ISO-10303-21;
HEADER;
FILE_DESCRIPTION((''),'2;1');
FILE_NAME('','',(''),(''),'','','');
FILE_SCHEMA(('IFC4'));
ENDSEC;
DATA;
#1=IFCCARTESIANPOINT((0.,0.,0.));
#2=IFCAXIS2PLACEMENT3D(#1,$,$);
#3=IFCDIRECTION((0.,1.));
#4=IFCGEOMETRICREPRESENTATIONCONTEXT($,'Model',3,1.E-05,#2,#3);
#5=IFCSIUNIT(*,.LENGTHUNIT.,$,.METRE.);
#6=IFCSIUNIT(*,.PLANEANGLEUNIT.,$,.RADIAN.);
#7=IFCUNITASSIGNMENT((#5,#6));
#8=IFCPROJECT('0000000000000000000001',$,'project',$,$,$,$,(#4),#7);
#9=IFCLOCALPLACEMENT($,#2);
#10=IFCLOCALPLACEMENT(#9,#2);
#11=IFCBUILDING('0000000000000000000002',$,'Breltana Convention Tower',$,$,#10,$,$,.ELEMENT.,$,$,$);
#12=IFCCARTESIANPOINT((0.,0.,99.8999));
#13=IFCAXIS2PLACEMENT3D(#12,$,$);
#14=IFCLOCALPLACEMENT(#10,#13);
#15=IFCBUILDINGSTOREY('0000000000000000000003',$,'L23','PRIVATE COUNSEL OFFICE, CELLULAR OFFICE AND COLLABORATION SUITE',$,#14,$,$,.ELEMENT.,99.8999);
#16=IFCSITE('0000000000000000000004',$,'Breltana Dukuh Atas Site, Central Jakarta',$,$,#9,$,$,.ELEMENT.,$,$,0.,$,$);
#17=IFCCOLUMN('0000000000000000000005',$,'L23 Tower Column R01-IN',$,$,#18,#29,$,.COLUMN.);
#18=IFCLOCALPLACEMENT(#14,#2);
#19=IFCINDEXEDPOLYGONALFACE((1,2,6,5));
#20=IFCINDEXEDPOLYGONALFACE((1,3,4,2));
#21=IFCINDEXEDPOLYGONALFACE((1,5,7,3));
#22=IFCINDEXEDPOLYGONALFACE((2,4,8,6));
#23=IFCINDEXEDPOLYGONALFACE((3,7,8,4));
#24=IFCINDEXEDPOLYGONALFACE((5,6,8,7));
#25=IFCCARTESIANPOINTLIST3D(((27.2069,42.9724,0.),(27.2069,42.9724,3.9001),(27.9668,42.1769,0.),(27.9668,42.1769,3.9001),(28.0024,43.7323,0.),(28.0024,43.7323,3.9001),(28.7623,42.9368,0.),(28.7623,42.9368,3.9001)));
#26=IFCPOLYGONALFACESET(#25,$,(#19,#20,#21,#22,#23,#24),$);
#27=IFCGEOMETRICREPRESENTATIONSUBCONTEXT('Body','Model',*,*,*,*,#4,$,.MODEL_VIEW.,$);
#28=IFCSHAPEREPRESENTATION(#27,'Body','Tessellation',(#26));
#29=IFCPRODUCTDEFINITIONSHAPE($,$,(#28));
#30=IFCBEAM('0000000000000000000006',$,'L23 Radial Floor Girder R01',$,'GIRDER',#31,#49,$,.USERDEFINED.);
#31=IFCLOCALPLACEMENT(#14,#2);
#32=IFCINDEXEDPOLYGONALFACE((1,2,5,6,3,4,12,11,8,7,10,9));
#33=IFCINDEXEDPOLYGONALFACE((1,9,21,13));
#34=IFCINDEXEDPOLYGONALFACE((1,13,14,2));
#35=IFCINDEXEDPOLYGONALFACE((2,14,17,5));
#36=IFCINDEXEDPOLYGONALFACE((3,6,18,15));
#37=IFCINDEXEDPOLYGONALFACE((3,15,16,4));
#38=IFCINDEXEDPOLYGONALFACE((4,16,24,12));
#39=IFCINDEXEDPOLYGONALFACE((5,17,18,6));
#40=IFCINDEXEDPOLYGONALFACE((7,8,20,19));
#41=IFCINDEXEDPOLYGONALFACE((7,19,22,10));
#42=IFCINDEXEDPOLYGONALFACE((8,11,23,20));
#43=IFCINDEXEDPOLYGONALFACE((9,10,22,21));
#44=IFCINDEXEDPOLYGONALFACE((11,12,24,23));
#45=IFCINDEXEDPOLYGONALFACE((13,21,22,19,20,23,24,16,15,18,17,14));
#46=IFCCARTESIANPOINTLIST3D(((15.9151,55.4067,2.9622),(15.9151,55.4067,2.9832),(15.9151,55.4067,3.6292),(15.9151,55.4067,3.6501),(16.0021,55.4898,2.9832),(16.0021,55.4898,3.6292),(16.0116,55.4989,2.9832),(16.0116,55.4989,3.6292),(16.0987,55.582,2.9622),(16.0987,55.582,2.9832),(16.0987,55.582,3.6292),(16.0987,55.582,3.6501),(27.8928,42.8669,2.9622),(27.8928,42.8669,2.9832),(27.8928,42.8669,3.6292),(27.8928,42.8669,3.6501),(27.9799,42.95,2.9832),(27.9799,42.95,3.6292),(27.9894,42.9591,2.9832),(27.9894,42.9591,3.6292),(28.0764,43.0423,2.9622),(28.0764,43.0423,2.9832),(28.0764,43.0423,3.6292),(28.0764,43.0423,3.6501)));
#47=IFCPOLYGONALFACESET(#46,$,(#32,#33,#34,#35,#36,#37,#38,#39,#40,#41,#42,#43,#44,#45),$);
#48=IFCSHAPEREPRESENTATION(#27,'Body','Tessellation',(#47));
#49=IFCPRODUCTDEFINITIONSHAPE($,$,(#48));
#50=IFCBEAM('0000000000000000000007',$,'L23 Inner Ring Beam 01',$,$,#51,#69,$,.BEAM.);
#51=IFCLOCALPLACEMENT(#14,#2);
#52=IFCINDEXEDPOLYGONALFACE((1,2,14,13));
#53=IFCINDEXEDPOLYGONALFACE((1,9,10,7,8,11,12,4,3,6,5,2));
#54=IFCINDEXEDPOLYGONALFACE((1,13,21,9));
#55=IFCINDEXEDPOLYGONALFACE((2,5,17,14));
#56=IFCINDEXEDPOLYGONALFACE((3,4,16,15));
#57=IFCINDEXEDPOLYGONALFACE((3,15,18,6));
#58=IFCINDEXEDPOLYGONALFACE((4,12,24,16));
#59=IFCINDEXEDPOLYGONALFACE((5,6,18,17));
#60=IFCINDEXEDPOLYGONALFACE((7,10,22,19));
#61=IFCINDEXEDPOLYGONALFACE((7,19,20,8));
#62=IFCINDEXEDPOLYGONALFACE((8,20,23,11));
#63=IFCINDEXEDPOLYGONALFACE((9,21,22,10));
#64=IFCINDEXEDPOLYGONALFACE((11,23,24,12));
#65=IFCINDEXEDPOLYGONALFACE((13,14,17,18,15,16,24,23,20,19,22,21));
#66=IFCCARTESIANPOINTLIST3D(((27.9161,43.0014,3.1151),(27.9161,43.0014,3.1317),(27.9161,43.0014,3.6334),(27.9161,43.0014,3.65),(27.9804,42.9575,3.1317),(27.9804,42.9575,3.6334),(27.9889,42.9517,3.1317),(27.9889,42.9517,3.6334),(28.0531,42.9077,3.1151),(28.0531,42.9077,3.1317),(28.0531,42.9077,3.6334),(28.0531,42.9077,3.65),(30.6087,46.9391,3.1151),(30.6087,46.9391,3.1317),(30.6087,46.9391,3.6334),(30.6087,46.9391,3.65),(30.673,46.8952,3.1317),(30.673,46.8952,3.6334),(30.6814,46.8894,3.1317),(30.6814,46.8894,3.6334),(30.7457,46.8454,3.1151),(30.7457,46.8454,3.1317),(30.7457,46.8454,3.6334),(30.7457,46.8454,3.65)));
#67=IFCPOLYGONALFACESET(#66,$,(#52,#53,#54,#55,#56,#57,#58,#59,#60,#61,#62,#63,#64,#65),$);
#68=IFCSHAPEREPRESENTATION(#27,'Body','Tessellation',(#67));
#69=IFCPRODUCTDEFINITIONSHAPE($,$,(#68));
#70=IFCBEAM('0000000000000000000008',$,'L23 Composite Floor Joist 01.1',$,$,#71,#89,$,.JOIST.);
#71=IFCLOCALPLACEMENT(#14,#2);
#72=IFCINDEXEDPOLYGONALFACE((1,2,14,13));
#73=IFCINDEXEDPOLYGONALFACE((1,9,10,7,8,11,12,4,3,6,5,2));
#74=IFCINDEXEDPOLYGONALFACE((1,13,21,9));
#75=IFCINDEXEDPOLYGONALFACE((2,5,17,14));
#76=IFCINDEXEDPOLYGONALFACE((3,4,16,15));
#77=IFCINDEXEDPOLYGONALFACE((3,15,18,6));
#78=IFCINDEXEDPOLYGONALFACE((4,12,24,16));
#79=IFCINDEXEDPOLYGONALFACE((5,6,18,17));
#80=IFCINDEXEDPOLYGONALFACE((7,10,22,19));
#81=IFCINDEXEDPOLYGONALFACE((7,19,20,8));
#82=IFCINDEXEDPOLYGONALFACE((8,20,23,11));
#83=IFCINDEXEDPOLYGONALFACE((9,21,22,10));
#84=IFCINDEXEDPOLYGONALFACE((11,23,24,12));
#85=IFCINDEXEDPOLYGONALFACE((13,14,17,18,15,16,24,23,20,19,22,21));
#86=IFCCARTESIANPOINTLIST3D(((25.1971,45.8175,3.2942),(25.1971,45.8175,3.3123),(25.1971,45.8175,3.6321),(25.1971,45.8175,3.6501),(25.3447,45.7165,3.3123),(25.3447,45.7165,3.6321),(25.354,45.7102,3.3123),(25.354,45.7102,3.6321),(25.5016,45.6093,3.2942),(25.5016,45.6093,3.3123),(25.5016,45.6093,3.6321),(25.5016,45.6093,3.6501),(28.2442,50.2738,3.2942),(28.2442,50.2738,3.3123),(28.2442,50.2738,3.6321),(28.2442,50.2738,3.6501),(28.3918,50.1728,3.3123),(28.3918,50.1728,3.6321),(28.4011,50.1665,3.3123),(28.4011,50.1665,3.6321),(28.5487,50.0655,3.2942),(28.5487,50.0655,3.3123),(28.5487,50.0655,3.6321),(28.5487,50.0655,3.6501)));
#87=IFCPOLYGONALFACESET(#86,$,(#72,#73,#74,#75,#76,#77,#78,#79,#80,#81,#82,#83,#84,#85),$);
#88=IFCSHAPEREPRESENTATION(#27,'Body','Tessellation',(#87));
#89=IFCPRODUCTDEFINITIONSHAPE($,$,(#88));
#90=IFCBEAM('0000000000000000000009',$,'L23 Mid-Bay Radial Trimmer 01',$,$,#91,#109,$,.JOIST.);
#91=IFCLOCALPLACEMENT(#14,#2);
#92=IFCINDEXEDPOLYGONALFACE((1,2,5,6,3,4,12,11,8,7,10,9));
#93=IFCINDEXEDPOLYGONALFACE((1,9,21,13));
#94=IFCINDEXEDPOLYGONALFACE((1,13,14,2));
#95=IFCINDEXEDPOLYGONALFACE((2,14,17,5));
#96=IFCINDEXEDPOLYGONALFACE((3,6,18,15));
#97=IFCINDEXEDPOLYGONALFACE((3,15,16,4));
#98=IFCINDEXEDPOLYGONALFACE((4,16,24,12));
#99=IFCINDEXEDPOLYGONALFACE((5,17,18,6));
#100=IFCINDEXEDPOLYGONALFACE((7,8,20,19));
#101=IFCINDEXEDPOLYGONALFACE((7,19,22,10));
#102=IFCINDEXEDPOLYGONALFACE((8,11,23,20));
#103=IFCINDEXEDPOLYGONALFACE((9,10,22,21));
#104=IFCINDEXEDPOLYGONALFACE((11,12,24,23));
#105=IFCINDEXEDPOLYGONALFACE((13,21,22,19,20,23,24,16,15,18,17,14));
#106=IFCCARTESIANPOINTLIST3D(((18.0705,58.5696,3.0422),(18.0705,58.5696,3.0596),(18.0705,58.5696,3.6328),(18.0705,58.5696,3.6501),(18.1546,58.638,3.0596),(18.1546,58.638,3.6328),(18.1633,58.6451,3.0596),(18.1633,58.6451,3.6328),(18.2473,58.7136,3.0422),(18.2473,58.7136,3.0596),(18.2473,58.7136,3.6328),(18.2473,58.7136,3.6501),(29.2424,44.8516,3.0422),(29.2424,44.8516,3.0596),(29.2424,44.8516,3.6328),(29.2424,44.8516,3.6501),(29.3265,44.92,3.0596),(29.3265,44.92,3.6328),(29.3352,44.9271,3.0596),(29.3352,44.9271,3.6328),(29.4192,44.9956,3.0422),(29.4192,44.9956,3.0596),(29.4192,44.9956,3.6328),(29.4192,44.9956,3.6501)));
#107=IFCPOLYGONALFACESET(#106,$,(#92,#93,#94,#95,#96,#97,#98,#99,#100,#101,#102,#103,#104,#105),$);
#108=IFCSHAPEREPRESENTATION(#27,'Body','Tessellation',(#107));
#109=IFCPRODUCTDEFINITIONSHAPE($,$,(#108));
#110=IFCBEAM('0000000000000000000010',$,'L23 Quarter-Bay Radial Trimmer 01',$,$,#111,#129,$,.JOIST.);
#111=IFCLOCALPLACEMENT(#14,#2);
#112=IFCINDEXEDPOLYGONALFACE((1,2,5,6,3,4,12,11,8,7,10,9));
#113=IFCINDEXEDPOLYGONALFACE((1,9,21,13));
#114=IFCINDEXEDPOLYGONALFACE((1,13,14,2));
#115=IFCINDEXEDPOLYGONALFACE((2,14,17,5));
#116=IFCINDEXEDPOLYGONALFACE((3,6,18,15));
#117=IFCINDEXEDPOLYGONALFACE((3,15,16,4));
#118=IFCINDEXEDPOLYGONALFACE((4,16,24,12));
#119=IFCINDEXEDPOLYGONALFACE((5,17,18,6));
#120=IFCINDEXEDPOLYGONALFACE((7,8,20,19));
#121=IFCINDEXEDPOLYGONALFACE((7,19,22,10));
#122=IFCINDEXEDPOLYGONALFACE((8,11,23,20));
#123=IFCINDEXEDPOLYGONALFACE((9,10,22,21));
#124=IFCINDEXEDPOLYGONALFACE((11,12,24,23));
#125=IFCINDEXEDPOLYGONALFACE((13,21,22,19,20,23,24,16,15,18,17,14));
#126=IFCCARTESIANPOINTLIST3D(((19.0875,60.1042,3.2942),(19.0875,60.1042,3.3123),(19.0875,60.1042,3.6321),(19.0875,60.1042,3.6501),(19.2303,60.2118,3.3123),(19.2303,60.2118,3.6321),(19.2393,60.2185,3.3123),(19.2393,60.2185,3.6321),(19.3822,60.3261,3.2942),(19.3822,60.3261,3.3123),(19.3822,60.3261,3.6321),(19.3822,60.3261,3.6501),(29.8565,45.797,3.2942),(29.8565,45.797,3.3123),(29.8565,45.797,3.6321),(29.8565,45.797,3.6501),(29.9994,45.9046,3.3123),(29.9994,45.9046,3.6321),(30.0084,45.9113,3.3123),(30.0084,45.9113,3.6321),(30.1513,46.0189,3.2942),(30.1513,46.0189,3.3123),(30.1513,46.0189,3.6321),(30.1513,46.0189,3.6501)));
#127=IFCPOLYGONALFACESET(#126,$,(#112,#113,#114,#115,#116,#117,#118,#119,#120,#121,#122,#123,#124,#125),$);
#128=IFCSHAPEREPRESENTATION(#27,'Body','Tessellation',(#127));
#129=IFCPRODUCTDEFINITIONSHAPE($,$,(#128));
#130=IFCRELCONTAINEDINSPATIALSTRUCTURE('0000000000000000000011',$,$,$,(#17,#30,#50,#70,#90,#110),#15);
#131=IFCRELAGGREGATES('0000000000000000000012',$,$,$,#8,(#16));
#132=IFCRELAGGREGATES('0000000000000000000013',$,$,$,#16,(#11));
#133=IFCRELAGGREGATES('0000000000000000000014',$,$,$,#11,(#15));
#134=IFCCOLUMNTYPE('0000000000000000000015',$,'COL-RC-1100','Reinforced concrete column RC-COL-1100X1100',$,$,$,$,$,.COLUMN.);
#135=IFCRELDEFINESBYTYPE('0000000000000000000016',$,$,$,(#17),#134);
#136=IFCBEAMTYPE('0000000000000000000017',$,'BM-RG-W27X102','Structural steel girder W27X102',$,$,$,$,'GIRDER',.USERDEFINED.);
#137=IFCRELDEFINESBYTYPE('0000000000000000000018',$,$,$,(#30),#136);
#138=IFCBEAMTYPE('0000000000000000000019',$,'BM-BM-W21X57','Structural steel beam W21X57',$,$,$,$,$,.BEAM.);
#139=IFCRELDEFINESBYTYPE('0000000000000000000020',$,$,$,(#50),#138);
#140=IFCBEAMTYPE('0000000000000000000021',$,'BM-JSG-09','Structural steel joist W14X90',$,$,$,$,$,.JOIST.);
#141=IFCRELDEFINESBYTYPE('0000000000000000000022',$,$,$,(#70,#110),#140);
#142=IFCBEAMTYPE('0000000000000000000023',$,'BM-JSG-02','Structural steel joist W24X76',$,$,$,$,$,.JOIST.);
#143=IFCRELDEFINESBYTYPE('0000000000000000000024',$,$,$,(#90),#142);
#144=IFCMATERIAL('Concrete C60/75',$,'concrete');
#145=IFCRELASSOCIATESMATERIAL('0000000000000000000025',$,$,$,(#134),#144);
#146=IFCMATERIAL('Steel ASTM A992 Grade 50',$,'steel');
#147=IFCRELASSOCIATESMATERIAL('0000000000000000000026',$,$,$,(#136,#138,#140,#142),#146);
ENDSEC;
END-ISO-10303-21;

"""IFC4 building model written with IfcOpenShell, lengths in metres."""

from ifc_helpers import new_model, si_unit, direction, frame, origin, origin_2d, place, context, subcontext, project, spatial, rectangle, i_section, extrude, source, transform, mapped, material, material_profile, profile_set, type_object, type_shapes, element, save


model = new_model("IFC4")

# Units and contexts
model_context = context("Model", 3, precision=1e-05, world=origin(), true_north=direction((0.0, 1.0)))
body_context = subcontext(model_context, "Body", "Model", "MODEL_VIEW")
ifc_project = project(units=[si_unit("LENGTHUNIT", "METRE"), si_unit("PLANEANGLEUNIT", "RADIAN")], contexts=[model_context])

# Site, building, storey
site_placement = place(None, origin())
site = spatial("IfcSite", under=ifc_project, at=site_placement, Name="Breltana Dukuh Atas Site, Central Jakarta", CompositionType="ELEMENT", RefElevation=0.0)
building_placement = place(site_placement, origin())
building = spatial("IfcBuilding", under=site, at=building_placement, Name="Breltana Convention Tower", CompositionType="ELEMENT")
storey_placement = place(building_placement, frame((0.0, 0.0, 99.8999)))
storey = spatial("IfcBuildingStorey", under=building, at=storey_placement, Name="L23", Description="PRIVATE COUNSEL OFFICE, CELLULAR OFFICE AND COLLABORATION SUITE", CompositionType="ELEMENT", Elevation=99.8999)

# Column
ifc_material_1 = material(Name="Concrete C60/75", Category="concrete")
ifc_material_profile_1 = material_profile(ifc_material_1, rectangle(XDim=1.1001, YDim=1.1001, at=origin_2d()), Name="RC-COL-1100X1100")
ifc_profile_set_1 = profile_set([ifc_material_profile_1], Name="Concrete C60/75")
column_type = type_object("IfcColumnType", Name="COL-RC-1100", Description="Reinforced concrete column RC-COL-1100X1100", PredefinedType="COLUMN", material=ifc_profile_set_1)
shared_shape_1 = source(origin(), body_context, "Body", "SweptSolid", [
    extrude(rectangle(XDim=1.1001, YDim=1.1001, at=origin_2d()), origin(), (0.0, 0.0, 1.0), 3.9001),
])
column_placement = place(storey_placement, frame((27.9846, 42.9546, 0.0), z_axis=(0.0, 0.0, 1.0), x_axis=(-0.690756, 0.723088, 0.0)))
element("IfcColumn", 1, at=column_placement, inside=storey, type_object=column_type, Name="L23 Tower Column R01-IN", PredefinedType="COLUMN", context=body_context, shape_type="MappedRepresentation", body=[
    mapped(shared_shape_1, transform((0.0, 0.0, 0.0), scale=1.0)),
])

# Beams
ifc_material_2 = material(Name="Steel ASTM A992 Grade 50", Category="steel")
ifc_material_profile_2 = material_profile(ifc_material_2, i_section(OverallWidth=0.2539, OverallDepth=0.688, WebThickness=0.0132, FlangeThickness=0.021, at=origin_2d()), Name="W27X102")
ifc_profile_set_2 = profile_set([ifc_material_profile_2], Name="Steel ASTM A992 Grade 50")
beam_type_1 = type_object("IfcBeamType", Name="BM-RG-W27X102", Description="Structural steel girder W27X102", ElementType="GIRDER", PredefinedType="USERDEFINED", material=ifc_profile_set_2)
shared_shape_2 = source(origin(), body_context, "Body", "SweptSolid", [
    extrude(i_section(OverallWidth=0.2539, OverallDepth=0.688, WebThickness=0.0132, FlangeThickness=0.021, at=origin_2d()), origin(), (0.0, 0.0, 1.0), 17.3411),
])
type_shapes(beam_type_1, [shared_shape_2])
beam_1_placement = place(storey_placement, frame((27.9846, 42.9546, 3.3062), z_axis=(-0.690716, 0.723126, 0.0), x_axis=(-0.723126, -0.690716, 0.0)))
element("IfcBeam", 2, at=beam_1_placement, inside=storey, type_object=beam_type_1, Name="L23 Radial Floor Girder R01", ObjectType="GIRDER", PredefinedType="USERDEFINED", context=body_context, shape_type="MappedRepresentation", body=[
    mapped(shared_shape_2, transform((0.0, 0.0, 0.0), scale=1.0)),
])
ifc_material_profile_3 = material_profile(ifc_material_2, i_section(OverallWidth=0.166, OverallDepth=0.5349, WebThickness=0.0103, FlangeThickness=0.0166, at=origin_2d()), Name="W21X57")
ifc_profile_set_3 = profile_set([ifc_material_profile_3], Name="Steel ASTM A992 Grade 50")
beam_type_2 = type_object("IfcBeamType", Name="BM-BM-W21X57", Description="Structural steel beam W21X57", PredefinedType="BEAM", material=ifc_profile_set_3)
shared_shape_3 = source(origin(), body_context, "Body", "SweptSolid", [
    extrude(i_section(OverallWidth=0.166, OverallDepth=0.5349, WebThickness=0.0103, FlangeThickness=0.0166, at=origin_2d()), origin(), (0.0, 0.0, 1.0), 4.7703),
])
beam_2_placement = place(storey_placement, frame((27.9846, 42.9546, 3.3826), z_axis=(0.564453, 0.825465, 0.0), x_axis=(-0.825465, 0.564453, 0.0)))
element("IfcBeam", 3, at=beam_2_placement, inside=storey, type_object=beam_type_2, Name="L23 Inner Ring Beam 01", PredefinedType="BEAM", context=body_context, shape_type="MappedRepresentation", body=[
    mapped(shared_shape_3, transform((0.0, 0.0, 0.0), scale=1.0)),
])
ifc_material_profile_4 = material_profile(ifc_material_2, i_section(OverallWidth=0.3689, OverallDepth=0.356, WebThickness=0.0112, FlangeThickness=0.0181, at=origin_2d()), Name="W14X90")
ifc_profile_set_4 = profile_set([ifc_material_profile_4], Name="Steel ASTM A992 Grade 50")
beam_type_3 = type_object("IfcBeamType", Name="BM-JSG-09", Description="Structural steel joist W14X90", PredefinedType="JOIST", material=ifc_profile_set_4)
shared_shape_4 = source(origin(), body_context, "Body", "SweptSolid", [
    extrude(i_section(OverallWidth=0.3689, OverallDepth=0.356, WebThickness=0.0112, FlangeThickness=0.0181, at=origin_2d()), origin(), (0.0, 0.0, 1.0), 5.3984),
])
beam_3_placement = place(storey_placement, frame((25.3494, 45.7134, 3.4722), z_axis=(0.564441, 0.825474, 0.0), x_axis=(-0.825474, 0.564441, 0.0)))
element("IfcBeam", 4, at=beam_3_placement, inside=storey, type_object=beam_type_3, Name="L23 Composite Floor Joist 01.1", PredefinedType="JOIST", context=body_context, shape_type="MappedRepresentation", body=[
    mapped(shared_shape_4, transform((0.0, 0.0, 0.0), scale=1.0)),
])
ifc_material_profile_5 = material_profile(ifc_material_2, i_section(OverallWidth=0.228, OverallDepth=0.6079, WebThickness=0.0112, FlangeThickness=0.0173, at=origin_2d()), Name="W24X76")
ifc_profile_set_5 = profile_set([ifc_material_profile_5], Name="Steel ASTM A992 Grade 50")
beam_type_4 = type_object("IfcBeamType", Name="BM-JSG-02", Description="Structural steel joist W24X76", PredefinedType="JOIST", material=ifc_profile_set_5)
shared_shape_5 = source(origin(), body_context, "Body", "SweptSolid", [
    extrude(i_section(OverallWidth=0.228, OverallDepth=0.6079, WebThickness=0.0112, FlangeThickness=0.0173, at=origin_2d()), origin(), (0.0, 0.0, 1.0), 17.6917),
])
type_shapes(beam_type_4, [shared_shape_5])
beam_4_placement = place(storey_placement, frame((29.3308, 44.9236, 3.3462), z_axis=(-0.631477, 0.775395, 0.0), x_axis=(-0.775395, -0.631477, 0.0)))
element("IfcBeam", 5, at=beam_4_placement, inside=storey, type_object=beam_type_4, Name="L23 Mid-Bay Radial Trimmer 01", PredefinedType="JOIST", context=body_context, shape_type="MappedRepresentation", body=[
    mapped(shared_shape_5, transform((0.0, 0.0, 0.0), scale=1.0)),
])
shared_shape_6 = source(origin(), body_context, "Body", "SweptSolid", [
    extrude(i_section(OverallWidth=0.3689, OverallDepth=0.356, WebThickness=0.0112, FlangeThickness=0.0181, at=origin_2d()), origin(), (0.0, 0.0, 1.0), 17.9072),
])
beam_5_placement = place(storey_placement, frame((30.0039, 45.908, 3.4722), z_axis=(-0.601382, 0.798962, 0.0), x_axis=(-0.798962, -0.601382, 0.0)))
element("IfcBeam", 6, at=beam_5_placement, inside=storey, type_object=beam_type_3, Name="L23 Quarter-Bay Radial Trimmer 01", PredefinedType="JOIST", context=body_context, shape_type="MappedRepresentation", body=[
    mapped(shared_shape_6, transform((0.0, 0.0, 0.0), scale=1.0)),
])

save(model, "model.ifc")
